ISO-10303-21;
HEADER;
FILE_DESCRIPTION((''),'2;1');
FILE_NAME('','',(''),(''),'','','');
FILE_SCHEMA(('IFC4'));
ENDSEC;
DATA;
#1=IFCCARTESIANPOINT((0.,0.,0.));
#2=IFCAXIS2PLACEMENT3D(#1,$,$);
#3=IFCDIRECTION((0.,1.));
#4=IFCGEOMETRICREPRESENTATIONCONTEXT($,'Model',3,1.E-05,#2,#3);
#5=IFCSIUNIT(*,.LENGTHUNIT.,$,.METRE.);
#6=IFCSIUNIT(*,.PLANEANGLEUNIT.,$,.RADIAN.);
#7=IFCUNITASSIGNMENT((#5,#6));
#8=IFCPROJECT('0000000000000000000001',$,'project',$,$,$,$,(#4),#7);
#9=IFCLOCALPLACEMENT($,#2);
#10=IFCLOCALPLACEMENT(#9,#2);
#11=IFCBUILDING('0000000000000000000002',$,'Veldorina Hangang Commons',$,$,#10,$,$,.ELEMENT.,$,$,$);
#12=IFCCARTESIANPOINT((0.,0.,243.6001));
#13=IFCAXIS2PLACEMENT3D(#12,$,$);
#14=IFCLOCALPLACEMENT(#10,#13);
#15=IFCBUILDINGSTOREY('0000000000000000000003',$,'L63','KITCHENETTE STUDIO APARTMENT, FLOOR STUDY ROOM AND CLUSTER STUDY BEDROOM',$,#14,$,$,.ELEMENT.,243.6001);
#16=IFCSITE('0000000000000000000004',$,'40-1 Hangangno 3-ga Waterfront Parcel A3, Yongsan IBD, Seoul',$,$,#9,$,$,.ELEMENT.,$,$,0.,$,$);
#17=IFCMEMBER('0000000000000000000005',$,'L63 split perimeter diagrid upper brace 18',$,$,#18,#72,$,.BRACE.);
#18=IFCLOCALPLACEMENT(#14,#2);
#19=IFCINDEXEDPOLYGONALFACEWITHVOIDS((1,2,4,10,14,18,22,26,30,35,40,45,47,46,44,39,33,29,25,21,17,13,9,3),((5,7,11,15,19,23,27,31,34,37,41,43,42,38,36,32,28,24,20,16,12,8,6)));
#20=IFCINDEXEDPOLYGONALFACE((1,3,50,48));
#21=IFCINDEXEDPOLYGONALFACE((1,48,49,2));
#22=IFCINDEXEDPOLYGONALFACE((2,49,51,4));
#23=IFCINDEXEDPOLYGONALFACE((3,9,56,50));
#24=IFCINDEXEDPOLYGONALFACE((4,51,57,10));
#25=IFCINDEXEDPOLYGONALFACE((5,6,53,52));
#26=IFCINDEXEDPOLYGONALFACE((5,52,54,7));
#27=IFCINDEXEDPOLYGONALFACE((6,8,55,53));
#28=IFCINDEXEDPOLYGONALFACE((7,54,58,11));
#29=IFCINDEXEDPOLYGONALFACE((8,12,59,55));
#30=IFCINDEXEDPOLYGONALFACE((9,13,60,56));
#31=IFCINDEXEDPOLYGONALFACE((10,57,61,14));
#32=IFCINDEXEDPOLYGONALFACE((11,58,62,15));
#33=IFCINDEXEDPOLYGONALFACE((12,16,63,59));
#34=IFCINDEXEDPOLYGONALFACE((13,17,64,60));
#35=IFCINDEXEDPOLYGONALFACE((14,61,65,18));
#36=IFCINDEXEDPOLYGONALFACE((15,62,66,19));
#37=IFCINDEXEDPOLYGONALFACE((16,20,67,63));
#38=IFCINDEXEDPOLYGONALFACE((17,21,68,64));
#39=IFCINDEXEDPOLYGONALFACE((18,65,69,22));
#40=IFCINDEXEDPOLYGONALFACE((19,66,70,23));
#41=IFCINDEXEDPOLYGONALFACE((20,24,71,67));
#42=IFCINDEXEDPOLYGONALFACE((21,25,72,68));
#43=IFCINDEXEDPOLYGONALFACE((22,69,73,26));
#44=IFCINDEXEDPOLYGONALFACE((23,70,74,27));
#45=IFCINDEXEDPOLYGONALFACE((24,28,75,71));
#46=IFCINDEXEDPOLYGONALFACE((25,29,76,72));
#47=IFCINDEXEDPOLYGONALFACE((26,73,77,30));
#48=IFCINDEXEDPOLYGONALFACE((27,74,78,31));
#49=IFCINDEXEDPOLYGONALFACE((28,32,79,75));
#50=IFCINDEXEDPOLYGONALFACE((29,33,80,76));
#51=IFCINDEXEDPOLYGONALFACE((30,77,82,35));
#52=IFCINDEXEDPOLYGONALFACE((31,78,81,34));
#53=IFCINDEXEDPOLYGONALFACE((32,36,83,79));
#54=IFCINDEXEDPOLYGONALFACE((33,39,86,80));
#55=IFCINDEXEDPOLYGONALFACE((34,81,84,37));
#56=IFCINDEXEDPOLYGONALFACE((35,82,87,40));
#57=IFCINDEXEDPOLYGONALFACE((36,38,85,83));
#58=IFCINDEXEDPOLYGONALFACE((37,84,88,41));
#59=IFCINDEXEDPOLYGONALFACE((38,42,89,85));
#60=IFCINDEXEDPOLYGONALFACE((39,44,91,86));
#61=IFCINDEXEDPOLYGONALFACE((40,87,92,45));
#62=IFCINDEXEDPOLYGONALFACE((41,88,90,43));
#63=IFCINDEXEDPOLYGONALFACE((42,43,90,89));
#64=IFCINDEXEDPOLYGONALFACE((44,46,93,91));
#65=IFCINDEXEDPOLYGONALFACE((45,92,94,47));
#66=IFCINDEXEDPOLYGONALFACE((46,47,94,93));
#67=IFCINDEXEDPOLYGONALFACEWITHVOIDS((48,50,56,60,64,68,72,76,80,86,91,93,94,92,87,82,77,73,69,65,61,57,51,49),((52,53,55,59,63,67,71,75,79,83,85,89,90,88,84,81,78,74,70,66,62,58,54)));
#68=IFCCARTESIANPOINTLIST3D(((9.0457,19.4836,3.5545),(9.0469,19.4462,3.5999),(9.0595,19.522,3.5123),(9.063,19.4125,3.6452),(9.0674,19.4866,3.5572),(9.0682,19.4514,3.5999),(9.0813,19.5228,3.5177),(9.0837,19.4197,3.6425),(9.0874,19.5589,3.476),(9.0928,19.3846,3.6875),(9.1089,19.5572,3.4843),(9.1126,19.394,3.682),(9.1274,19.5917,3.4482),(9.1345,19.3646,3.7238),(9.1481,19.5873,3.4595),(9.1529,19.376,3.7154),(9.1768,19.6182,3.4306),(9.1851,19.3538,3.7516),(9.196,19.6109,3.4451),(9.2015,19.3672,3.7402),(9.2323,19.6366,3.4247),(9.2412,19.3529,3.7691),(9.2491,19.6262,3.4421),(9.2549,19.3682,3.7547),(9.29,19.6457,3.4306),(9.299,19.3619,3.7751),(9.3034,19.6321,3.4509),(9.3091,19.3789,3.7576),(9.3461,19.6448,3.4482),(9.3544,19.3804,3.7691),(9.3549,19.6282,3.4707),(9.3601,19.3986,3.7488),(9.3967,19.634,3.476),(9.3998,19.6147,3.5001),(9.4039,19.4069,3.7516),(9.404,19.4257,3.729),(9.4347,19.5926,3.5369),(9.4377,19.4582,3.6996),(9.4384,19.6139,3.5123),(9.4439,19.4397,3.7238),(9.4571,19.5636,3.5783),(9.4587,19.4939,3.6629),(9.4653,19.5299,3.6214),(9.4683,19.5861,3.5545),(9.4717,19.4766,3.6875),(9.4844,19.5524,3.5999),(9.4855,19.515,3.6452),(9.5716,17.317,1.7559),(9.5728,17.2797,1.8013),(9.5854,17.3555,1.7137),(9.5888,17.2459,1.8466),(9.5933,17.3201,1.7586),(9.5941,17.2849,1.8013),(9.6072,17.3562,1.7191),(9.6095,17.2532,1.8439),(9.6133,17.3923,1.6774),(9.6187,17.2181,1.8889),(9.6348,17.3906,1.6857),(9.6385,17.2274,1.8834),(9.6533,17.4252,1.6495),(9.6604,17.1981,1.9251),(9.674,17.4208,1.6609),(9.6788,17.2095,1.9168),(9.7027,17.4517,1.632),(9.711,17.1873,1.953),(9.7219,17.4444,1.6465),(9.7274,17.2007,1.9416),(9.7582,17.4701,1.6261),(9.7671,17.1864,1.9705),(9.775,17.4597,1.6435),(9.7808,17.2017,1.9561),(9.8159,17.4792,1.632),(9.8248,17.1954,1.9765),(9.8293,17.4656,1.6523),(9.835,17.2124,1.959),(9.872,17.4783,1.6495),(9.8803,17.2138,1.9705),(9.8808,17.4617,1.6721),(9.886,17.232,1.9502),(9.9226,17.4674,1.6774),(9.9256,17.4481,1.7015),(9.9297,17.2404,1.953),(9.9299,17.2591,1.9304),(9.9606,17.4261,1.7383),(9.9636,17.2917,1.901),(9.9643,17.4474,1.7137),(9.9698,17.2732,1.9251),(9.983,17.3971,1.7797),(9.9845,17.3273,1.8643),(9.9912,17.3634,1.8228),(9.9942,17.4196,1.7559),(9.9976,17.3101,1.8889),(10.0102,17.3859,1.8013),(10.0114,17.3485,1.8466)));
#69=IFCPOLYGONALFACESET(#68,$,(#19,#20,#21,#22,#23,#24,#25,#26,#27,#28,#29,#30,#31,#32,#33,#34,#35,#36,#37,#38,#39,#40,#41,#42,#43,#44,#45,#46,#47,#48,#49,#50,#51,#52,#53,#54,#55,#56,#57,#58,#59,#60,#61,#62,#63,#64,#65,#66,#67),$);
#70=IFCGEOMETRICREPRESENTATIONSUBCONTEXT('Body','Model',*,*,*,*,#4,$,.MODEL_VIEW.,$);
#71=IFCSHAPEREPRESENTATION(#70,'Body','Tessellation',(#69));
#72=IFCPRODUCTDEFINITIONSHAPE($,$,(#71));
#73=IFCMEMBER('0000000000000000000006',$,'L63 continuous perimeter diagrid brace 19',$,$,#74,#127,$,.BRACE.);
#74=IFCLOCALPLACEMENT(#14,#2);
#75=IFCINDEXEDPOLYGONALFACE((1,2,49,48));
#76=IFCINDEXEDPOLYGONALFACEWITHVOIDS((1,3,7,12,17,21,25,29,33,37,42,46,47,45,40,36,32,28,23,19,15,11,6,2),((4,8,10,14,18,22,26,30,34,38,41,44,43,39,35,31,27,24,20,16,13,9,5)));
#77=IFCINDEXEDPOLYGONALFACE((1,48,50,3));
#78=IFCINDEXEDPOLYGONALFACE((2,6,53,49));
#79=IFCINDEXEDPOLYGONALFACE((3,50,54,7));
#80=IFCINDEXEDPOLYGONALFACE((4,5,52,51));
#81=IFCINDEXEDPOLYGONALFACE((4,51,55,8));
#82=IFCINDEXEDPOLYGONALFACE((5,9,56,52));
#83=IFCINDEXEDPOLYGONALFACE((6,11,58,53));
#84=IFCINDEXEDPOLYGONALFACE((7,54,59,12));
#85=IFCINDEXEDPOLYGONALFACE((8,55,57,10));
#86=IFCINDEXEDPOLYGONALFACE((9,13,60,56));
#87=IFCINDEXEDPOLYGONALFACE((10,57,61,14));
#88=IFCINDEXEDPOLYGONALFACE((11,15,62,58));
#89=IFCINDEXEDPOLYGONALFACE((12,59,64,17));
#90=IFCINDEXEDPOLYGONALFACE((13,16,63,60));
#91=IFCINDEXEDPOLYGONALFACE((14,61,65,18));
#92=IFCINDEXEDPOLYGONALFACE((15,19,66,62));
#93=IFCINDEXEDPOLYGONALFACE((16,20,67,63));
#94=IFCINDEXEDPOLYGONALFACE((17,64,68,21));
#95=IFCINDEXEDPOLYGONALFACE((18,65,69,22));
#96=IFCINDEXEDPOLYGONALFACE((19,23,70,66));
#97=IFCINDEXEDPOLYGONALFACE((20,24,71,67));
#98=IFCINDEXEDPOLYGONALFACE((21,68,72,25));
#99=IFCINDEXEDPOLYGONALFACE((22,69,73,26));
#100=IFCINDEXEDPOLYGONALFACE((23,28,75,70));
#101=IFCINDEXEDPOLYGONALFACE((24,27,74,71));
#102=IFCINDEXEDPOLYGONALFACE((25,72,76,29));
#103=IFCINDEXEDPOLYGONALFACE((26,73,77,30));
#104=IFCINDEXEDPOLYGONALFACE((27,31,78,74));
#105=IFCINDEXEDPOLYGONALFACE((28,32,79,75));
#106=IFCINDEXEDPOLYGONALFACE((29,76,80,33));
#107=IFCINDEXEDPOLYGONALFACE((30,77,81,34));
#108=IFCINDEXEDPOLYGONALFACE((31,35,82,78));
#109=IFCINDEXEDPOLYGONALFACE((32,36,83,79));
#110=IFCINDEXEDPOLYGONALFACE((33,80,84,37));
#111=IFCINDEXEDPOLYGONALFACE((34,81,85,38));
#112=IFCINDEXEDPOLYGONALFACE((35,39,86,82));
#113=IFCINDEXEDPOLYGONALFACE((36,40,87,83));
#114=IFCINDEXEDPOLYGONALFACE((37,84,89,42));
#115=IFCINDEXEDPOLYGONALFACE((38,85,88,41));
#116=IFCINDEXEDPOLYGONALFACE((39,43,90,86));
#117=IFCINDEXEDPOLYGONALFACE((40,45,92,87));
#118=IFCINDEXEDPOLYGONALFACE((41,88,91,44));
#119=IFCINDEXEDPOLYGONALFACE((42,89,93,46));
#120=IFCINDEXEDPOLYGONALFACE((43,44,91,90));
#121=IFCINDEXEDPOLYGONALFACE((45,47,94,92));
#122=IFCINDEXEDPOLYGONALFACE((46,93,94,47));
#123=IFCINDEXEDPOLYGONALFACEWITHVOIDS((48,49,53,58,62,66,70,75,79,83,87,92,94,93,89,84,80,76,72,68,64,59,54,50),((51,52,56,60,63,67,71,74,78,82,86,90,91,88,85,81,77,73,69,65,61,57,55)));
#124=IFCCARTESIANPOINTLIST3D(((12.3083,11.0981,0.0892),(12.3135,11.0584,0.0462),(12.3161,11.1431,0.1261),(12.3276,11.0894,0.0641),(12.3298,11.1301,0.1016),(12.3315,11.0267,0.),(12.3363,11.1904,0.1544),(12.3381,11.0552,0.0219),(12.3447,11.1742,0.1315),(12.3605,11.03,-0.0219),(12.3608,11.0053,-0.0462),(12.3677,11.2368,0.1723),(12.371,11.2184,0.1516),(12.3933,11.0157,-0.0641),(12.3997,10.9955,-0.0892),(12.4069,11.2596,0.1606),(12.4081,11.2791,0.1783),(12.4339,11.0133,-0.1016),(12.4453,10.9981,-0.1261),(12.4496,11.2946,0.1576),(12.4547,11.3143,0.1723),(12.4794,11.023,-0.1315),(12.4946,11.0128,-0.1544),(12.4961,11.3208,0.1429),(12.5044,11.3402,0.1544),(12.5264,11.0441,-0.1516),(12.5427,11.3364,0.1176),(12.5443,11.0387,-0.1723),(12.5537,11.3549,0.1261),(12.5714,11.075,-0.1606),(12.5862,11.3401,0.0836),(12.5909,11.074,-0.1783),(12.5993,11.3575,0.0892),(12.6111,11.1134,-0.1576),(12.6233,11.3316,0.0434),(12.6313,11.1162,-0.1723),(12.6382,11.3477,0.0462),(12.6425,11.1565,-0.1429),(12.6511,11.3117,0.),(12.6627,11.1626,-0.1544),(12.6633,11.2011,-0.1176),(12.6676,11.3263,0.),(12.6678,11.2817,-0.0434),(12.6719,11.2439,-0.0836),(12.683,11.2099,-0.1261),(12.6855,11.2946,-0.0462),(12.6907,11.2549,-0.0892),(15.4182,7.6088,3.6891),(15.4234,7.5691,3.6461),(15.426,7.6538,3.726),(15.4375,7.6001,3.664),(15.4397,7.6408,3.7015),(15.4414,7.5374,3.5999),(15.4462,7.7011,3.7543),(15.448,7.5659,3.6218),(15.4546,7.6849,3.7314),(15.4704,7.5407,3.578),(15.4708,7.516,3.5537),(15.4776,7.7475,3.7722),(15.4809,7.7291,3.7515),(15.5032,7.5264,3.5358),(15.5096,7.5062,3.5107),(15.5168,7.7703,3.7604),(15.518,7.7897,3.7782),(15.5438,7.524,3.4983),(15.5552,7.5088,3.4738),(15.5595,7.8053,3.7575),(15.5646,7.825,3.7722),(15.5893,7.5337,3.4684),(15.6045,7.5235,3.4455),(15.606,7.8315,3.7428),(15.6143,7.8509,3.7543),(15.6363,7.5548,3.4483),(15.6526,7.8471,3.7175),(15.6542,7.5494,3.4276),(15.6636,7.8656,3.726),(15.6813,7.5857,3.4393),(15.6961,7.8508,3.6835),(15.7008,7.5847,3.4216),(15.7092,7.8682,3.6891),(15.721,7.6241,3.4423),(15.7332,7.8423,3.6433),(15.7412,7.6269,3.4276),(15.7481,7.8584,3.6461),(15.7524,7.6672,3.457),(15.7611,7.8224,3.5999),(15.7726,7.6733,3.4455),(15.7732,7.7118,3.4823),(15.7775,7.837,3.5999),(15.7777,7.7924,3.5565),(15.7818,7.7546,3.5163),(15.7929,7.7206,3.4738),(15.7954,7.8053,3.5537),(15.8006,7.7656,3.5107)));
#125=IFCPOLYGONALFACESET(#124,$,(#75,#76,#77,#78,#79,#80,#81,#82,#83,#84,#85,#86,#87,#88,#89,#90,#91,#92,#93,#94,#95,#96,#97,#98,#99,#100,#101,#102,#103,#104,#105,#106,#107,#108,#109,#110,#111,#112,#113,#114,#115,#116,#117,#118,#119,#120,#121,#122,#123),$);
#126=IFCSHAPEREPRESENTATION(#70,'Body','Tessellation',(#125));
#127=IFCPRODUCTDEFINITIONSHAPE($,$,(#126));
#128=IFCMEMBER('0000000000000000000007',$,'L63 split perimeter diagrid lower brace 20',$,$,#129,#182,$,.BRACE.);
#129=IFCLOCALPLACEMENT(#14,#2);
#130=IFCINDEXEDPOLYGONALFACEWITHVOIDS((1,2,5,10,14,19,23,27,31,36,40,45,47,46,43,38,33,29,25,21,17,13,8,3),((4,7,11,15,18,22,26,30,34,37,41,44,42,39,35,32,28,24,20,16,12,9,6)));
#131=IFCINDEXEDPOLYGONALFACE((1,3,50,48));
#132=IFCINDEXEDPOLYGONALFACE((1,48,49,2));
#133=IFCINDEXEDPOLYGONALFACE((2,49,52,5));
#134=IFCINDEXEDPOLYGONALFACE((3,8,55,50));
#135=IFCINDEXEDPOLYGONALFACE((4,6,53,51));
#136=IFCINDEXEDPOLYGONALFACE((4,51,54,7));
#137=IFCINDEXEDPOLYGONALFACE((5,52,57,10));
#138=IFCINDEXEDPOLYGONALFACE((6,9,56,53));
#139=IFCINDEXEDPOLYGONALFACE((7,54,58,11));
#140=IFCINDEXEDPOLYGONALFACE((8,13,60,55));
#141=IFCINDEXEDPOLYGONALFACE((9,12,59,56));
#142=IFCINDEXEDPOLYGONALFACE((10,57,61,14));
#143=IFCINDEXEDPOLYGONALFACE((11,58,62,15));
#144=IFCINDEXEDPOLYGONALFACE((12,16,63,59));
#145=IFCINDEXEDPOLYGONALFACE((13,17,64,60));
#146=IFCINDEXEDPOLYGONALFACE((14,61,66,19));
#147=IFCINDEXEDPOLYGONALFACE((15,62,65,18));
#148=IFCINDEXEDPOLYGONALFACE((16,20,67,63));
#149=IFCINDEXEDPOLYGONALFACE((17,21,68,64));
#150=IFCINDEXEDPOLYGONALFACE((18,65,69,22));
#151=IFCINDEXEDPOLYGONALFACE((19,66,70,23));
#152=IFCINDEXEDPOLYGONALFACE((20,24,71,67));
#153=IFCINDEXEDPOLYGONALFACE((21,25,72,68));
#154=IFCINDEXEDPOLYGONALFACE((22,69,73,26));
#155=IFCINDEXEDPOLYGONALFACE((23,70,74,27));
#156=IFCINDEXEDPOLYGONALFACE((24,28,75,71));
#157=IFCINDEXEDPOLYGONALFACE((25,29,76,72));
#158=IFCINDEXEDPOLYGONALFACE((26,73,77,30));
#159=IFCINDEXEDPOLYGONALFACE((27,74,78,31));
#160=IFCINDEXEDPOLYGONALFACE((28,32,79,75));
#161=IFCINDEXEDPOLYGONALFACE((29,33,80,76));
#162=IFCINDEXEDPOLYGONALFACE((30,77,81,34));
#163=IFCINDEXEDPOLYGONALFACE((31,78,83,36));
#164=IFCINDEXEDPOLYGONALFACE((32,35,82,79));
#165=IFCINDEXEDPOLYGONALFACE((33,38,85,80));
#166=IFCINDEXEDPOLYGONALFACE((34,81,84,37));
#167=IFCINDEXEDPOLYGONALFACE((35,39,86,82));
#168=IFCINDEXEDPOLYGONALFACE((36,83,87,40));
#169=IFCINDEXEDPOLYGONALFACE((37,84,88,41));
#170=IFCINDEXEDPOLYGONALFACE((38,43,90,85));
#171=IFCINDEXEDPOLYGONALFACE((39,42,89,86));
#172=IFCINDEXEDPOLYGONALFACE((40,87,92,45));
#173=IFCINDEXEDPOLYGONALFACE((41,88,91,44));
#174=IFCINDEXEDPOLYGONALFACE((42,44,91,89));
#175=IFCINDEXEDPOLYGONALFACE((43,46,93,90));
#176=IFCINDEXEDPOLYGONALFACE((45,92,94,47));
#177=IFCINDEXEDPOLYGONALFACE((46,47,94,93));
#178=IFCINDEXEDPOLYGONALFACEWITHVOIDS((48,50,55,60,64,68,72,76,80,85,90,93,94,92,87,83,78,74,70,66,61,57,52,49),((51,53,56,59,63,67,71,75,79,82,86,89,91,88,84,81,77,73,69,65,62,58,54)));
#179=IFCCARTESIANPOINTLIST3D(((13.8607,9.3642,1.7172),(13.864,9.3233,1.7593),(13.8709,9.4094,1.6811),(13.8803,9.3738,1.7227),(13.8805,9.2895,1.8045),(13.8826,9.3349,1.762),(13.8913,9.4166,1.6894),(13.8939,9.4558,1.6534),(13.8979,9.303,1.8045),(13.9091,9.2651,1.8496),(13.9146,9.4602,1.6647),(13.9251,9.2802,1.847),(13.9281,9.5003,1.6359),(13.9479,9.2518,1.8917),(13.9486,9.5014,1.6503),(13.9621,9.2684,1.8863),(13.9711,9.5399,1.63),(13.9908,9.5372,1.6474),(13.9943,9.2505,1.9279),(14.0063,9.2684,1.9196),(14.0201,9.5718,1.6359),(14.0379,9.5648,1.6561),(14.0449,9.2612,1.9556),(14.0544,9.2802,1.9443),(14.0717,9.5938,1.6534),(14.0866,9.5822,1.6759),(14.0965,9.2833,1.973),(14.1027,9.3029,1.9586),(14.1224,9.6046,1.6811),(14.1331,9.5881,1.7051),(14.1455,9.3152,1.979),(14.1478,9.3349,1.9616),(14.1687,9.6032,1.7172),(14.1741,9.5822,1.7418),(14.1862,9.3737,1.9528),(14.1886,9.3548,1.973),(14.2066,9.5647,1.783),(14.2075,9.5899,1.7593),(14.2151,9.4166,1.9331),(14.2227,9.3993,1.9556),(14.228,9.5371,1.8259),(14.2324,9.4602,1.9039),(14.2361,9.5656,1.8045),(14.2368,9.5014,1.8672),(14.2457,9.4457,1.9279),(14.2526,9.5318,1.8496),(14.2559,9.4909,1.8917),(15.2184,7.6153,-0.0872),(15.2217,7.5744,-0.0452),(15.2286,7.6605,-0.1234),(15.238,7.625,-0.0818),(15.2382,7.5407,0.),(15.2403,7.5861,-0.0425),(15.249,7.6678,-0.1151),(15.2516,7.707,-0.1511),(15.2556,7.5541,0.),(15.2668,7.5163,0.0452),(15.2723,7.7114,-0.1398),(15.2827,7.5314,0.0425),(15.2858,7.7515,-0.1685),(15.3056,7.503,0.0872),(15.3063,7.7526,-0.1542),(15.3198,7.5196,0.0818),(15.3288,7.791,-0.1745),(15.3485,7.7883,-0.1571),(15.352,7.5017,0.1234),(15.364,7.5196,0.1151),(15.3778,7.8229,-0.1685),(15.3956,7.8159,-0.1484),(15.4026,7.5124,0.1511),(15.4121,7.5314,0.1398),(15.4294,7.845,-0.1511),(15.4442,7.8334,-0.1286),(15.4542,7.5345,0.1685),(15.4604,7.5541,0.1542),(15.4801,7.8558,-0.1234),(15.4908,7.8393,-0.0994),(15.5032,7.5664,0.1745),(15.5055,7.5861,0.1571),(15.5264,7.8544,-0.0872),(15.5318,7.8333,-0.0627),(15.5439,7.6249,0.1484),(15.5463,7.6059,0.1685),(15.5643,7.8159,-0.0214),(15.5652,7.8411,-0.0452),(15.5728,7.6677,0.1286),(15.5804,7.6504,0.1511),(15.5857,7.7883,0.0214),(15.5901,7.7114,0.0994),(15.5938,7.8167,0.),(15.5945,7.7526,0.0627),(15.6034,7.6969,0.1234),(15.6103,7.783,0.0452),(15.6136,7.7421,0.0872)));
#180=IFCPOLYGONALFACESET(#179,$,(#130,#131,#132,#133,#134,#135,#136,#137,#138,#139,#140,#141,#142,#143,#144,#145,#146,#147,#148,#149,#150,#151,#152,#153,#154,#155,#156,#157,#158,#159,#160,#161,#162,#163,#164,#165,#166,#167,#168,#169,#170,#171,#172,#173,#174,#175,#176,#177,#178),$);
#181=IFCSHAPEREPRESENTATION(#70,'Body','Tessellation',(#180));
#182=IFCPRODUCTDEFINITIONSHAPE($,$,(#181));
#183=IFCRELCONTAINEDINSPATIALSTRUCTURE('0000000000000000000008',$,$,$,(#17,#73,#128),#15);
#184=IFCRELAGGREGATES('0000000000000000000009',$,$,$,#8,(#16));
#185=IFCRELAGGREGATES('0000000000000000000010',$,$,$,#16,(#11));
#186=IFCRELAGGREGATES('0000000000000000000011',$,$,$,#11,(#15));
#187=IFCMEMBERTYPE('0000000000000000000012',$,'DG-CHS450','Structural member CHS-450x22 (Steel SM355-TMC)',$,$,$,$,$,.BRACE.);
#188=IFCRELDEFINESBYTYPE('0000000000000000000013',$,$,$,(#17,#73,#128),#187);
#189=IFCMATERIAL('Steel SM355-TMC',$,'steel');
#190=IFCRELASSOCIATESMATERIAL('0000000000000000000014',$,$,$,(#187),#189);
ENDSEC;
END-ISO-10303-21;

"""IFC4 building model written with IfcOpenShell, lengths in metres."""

from ifc_helpers import new_model, si_unit, direction, frame, origin, origin_2d, place, context, subcontext, project, spatial, hollow_circle, extrude, material, material_profile, profile_set, type_object, element, save


model = new_model("IFC4")

# Units and contexts
model_context = context("Model", 3, precision=1e-05, world=origin(), true_north=direction((0.0, 1.0)))
body_context = subcontext(model_context, "Body", "Model", "MODEL_VIEW")
ifc_project = project(units=[si_unit("LENGTHUNIT", "METRE"), si_unit("PLANEANGLEUNIT", "RADIAN")], contexts=[model_context])

# Site, building, storey
site_placement = place(None, origin())
site = spatial("IfcSite", under=ifc_project, at=site_placement, Name="40-1 Hangangno 3-ga Waterfront Parcel A3, Yongsan IBD, Seoul", CompositionType="ELEMENT", RefElevation=0.0)
building_placement = place(site_placement, origin())
building = spatial("IfcBuilding", under=site, at=building_placement, Name="Veldorina Hangang Commons", CompositionType="ELEMENT")
storey_placement = place(building_placement, frame((0.0, 0.0, 243.6001)))
storey = spatial("IfcBuildingStorey", under=building, at=storey_placement, Name="L63", Description="KITCHENETTE STUDIO APARTMENT, FLOOR STUDY ROOM AND CLUSTER STUDY BEDROOM", CompositionType="ELEMENT", Elevation=243.6001)

# Shared definitions
ifc_material_1 = material(Name="Steel SM355-TMC", Category="steel")

# Members
ifc_material_profile_1 = material_profile(ifc_material_1, hollow_circle(Radius=0.2251, WallThickness=0.022, at=origin_2d()), Name="CHS-450x22")
ifc_profile_set_1 = profile_set([ifc_material_profile_1], Name="Steel SM355-TMC")
member_type_1 = type_object("IfcMemberType", Name="DG-CHS450", Description="Structural member CHS-450x22 (Steel SM355-TMC)", PredefinedType="BRACE", material=ifc_profile_set_1)
member_1_placement = place(storey_placement, frame((9.7915, 17.3328, 1.8013), z_axis=(-0.183587, 0.756337, 0.627894), x_axis=(-0.971782, -0.235882, 0.0)))
element("IfcMember", 1, at=member_1_placement, inside=storey, type_object=member_type_1, Name="L63 split perimeter diagrid upper brace 18", PredefinedType="BRACE", context=body_context, shape_type="SweptSolid", body=[
    extrude(hollow_circle(Radius=0.2251, WallThickness=0.022, at=origin_2d()), origin(), (0.0, 0.0, 1.0), 2.8645),
])
member_2_placement = place(storey_placement, frame((12.4995, 11.1765, 0.0), z_axis=(0.527132, -0.591441, 0.610187), x_axis=(0.746527, 0.665355, 0.0)))
element("IfcMember", 2, at=member_2_placement, inside=storey, type_object=member_type_1, Name="L63 continuous perimeter diagrid brace 19", PredefinedType="BRACE", context=body_context, shape_type="SweptSolid", body=[
    extrude(hollow_circle(Radius=0.2251, WallThickness=0.022, at=origin_2d()), origin(), (0.0, 0.0, 1.0), 5.8997),
])
member_3_placement = place(storey_placement, frame((15.416, 7.6787, 0.0), z_axis=(-0.475351, 0.612289, 0.631778), x_axis=(-0.789898, -0.613238, 0.0)))
element("IfcMember", 3, at=member_3_placement, inside=storey, type_object=member_type_1, Name="L63 split perimeter diagrid lower brace 20", PredefinedType="BRACE", context=body_context, shape_type="SweptSolid", body=[
    extrude(hollow_circle(Radius=0.2251, WallThickness=0.022, at=origin_2d()), origin(), (0.0, 0.0, 1.0), 2.8562),
])

save(model, "model.ifc")
